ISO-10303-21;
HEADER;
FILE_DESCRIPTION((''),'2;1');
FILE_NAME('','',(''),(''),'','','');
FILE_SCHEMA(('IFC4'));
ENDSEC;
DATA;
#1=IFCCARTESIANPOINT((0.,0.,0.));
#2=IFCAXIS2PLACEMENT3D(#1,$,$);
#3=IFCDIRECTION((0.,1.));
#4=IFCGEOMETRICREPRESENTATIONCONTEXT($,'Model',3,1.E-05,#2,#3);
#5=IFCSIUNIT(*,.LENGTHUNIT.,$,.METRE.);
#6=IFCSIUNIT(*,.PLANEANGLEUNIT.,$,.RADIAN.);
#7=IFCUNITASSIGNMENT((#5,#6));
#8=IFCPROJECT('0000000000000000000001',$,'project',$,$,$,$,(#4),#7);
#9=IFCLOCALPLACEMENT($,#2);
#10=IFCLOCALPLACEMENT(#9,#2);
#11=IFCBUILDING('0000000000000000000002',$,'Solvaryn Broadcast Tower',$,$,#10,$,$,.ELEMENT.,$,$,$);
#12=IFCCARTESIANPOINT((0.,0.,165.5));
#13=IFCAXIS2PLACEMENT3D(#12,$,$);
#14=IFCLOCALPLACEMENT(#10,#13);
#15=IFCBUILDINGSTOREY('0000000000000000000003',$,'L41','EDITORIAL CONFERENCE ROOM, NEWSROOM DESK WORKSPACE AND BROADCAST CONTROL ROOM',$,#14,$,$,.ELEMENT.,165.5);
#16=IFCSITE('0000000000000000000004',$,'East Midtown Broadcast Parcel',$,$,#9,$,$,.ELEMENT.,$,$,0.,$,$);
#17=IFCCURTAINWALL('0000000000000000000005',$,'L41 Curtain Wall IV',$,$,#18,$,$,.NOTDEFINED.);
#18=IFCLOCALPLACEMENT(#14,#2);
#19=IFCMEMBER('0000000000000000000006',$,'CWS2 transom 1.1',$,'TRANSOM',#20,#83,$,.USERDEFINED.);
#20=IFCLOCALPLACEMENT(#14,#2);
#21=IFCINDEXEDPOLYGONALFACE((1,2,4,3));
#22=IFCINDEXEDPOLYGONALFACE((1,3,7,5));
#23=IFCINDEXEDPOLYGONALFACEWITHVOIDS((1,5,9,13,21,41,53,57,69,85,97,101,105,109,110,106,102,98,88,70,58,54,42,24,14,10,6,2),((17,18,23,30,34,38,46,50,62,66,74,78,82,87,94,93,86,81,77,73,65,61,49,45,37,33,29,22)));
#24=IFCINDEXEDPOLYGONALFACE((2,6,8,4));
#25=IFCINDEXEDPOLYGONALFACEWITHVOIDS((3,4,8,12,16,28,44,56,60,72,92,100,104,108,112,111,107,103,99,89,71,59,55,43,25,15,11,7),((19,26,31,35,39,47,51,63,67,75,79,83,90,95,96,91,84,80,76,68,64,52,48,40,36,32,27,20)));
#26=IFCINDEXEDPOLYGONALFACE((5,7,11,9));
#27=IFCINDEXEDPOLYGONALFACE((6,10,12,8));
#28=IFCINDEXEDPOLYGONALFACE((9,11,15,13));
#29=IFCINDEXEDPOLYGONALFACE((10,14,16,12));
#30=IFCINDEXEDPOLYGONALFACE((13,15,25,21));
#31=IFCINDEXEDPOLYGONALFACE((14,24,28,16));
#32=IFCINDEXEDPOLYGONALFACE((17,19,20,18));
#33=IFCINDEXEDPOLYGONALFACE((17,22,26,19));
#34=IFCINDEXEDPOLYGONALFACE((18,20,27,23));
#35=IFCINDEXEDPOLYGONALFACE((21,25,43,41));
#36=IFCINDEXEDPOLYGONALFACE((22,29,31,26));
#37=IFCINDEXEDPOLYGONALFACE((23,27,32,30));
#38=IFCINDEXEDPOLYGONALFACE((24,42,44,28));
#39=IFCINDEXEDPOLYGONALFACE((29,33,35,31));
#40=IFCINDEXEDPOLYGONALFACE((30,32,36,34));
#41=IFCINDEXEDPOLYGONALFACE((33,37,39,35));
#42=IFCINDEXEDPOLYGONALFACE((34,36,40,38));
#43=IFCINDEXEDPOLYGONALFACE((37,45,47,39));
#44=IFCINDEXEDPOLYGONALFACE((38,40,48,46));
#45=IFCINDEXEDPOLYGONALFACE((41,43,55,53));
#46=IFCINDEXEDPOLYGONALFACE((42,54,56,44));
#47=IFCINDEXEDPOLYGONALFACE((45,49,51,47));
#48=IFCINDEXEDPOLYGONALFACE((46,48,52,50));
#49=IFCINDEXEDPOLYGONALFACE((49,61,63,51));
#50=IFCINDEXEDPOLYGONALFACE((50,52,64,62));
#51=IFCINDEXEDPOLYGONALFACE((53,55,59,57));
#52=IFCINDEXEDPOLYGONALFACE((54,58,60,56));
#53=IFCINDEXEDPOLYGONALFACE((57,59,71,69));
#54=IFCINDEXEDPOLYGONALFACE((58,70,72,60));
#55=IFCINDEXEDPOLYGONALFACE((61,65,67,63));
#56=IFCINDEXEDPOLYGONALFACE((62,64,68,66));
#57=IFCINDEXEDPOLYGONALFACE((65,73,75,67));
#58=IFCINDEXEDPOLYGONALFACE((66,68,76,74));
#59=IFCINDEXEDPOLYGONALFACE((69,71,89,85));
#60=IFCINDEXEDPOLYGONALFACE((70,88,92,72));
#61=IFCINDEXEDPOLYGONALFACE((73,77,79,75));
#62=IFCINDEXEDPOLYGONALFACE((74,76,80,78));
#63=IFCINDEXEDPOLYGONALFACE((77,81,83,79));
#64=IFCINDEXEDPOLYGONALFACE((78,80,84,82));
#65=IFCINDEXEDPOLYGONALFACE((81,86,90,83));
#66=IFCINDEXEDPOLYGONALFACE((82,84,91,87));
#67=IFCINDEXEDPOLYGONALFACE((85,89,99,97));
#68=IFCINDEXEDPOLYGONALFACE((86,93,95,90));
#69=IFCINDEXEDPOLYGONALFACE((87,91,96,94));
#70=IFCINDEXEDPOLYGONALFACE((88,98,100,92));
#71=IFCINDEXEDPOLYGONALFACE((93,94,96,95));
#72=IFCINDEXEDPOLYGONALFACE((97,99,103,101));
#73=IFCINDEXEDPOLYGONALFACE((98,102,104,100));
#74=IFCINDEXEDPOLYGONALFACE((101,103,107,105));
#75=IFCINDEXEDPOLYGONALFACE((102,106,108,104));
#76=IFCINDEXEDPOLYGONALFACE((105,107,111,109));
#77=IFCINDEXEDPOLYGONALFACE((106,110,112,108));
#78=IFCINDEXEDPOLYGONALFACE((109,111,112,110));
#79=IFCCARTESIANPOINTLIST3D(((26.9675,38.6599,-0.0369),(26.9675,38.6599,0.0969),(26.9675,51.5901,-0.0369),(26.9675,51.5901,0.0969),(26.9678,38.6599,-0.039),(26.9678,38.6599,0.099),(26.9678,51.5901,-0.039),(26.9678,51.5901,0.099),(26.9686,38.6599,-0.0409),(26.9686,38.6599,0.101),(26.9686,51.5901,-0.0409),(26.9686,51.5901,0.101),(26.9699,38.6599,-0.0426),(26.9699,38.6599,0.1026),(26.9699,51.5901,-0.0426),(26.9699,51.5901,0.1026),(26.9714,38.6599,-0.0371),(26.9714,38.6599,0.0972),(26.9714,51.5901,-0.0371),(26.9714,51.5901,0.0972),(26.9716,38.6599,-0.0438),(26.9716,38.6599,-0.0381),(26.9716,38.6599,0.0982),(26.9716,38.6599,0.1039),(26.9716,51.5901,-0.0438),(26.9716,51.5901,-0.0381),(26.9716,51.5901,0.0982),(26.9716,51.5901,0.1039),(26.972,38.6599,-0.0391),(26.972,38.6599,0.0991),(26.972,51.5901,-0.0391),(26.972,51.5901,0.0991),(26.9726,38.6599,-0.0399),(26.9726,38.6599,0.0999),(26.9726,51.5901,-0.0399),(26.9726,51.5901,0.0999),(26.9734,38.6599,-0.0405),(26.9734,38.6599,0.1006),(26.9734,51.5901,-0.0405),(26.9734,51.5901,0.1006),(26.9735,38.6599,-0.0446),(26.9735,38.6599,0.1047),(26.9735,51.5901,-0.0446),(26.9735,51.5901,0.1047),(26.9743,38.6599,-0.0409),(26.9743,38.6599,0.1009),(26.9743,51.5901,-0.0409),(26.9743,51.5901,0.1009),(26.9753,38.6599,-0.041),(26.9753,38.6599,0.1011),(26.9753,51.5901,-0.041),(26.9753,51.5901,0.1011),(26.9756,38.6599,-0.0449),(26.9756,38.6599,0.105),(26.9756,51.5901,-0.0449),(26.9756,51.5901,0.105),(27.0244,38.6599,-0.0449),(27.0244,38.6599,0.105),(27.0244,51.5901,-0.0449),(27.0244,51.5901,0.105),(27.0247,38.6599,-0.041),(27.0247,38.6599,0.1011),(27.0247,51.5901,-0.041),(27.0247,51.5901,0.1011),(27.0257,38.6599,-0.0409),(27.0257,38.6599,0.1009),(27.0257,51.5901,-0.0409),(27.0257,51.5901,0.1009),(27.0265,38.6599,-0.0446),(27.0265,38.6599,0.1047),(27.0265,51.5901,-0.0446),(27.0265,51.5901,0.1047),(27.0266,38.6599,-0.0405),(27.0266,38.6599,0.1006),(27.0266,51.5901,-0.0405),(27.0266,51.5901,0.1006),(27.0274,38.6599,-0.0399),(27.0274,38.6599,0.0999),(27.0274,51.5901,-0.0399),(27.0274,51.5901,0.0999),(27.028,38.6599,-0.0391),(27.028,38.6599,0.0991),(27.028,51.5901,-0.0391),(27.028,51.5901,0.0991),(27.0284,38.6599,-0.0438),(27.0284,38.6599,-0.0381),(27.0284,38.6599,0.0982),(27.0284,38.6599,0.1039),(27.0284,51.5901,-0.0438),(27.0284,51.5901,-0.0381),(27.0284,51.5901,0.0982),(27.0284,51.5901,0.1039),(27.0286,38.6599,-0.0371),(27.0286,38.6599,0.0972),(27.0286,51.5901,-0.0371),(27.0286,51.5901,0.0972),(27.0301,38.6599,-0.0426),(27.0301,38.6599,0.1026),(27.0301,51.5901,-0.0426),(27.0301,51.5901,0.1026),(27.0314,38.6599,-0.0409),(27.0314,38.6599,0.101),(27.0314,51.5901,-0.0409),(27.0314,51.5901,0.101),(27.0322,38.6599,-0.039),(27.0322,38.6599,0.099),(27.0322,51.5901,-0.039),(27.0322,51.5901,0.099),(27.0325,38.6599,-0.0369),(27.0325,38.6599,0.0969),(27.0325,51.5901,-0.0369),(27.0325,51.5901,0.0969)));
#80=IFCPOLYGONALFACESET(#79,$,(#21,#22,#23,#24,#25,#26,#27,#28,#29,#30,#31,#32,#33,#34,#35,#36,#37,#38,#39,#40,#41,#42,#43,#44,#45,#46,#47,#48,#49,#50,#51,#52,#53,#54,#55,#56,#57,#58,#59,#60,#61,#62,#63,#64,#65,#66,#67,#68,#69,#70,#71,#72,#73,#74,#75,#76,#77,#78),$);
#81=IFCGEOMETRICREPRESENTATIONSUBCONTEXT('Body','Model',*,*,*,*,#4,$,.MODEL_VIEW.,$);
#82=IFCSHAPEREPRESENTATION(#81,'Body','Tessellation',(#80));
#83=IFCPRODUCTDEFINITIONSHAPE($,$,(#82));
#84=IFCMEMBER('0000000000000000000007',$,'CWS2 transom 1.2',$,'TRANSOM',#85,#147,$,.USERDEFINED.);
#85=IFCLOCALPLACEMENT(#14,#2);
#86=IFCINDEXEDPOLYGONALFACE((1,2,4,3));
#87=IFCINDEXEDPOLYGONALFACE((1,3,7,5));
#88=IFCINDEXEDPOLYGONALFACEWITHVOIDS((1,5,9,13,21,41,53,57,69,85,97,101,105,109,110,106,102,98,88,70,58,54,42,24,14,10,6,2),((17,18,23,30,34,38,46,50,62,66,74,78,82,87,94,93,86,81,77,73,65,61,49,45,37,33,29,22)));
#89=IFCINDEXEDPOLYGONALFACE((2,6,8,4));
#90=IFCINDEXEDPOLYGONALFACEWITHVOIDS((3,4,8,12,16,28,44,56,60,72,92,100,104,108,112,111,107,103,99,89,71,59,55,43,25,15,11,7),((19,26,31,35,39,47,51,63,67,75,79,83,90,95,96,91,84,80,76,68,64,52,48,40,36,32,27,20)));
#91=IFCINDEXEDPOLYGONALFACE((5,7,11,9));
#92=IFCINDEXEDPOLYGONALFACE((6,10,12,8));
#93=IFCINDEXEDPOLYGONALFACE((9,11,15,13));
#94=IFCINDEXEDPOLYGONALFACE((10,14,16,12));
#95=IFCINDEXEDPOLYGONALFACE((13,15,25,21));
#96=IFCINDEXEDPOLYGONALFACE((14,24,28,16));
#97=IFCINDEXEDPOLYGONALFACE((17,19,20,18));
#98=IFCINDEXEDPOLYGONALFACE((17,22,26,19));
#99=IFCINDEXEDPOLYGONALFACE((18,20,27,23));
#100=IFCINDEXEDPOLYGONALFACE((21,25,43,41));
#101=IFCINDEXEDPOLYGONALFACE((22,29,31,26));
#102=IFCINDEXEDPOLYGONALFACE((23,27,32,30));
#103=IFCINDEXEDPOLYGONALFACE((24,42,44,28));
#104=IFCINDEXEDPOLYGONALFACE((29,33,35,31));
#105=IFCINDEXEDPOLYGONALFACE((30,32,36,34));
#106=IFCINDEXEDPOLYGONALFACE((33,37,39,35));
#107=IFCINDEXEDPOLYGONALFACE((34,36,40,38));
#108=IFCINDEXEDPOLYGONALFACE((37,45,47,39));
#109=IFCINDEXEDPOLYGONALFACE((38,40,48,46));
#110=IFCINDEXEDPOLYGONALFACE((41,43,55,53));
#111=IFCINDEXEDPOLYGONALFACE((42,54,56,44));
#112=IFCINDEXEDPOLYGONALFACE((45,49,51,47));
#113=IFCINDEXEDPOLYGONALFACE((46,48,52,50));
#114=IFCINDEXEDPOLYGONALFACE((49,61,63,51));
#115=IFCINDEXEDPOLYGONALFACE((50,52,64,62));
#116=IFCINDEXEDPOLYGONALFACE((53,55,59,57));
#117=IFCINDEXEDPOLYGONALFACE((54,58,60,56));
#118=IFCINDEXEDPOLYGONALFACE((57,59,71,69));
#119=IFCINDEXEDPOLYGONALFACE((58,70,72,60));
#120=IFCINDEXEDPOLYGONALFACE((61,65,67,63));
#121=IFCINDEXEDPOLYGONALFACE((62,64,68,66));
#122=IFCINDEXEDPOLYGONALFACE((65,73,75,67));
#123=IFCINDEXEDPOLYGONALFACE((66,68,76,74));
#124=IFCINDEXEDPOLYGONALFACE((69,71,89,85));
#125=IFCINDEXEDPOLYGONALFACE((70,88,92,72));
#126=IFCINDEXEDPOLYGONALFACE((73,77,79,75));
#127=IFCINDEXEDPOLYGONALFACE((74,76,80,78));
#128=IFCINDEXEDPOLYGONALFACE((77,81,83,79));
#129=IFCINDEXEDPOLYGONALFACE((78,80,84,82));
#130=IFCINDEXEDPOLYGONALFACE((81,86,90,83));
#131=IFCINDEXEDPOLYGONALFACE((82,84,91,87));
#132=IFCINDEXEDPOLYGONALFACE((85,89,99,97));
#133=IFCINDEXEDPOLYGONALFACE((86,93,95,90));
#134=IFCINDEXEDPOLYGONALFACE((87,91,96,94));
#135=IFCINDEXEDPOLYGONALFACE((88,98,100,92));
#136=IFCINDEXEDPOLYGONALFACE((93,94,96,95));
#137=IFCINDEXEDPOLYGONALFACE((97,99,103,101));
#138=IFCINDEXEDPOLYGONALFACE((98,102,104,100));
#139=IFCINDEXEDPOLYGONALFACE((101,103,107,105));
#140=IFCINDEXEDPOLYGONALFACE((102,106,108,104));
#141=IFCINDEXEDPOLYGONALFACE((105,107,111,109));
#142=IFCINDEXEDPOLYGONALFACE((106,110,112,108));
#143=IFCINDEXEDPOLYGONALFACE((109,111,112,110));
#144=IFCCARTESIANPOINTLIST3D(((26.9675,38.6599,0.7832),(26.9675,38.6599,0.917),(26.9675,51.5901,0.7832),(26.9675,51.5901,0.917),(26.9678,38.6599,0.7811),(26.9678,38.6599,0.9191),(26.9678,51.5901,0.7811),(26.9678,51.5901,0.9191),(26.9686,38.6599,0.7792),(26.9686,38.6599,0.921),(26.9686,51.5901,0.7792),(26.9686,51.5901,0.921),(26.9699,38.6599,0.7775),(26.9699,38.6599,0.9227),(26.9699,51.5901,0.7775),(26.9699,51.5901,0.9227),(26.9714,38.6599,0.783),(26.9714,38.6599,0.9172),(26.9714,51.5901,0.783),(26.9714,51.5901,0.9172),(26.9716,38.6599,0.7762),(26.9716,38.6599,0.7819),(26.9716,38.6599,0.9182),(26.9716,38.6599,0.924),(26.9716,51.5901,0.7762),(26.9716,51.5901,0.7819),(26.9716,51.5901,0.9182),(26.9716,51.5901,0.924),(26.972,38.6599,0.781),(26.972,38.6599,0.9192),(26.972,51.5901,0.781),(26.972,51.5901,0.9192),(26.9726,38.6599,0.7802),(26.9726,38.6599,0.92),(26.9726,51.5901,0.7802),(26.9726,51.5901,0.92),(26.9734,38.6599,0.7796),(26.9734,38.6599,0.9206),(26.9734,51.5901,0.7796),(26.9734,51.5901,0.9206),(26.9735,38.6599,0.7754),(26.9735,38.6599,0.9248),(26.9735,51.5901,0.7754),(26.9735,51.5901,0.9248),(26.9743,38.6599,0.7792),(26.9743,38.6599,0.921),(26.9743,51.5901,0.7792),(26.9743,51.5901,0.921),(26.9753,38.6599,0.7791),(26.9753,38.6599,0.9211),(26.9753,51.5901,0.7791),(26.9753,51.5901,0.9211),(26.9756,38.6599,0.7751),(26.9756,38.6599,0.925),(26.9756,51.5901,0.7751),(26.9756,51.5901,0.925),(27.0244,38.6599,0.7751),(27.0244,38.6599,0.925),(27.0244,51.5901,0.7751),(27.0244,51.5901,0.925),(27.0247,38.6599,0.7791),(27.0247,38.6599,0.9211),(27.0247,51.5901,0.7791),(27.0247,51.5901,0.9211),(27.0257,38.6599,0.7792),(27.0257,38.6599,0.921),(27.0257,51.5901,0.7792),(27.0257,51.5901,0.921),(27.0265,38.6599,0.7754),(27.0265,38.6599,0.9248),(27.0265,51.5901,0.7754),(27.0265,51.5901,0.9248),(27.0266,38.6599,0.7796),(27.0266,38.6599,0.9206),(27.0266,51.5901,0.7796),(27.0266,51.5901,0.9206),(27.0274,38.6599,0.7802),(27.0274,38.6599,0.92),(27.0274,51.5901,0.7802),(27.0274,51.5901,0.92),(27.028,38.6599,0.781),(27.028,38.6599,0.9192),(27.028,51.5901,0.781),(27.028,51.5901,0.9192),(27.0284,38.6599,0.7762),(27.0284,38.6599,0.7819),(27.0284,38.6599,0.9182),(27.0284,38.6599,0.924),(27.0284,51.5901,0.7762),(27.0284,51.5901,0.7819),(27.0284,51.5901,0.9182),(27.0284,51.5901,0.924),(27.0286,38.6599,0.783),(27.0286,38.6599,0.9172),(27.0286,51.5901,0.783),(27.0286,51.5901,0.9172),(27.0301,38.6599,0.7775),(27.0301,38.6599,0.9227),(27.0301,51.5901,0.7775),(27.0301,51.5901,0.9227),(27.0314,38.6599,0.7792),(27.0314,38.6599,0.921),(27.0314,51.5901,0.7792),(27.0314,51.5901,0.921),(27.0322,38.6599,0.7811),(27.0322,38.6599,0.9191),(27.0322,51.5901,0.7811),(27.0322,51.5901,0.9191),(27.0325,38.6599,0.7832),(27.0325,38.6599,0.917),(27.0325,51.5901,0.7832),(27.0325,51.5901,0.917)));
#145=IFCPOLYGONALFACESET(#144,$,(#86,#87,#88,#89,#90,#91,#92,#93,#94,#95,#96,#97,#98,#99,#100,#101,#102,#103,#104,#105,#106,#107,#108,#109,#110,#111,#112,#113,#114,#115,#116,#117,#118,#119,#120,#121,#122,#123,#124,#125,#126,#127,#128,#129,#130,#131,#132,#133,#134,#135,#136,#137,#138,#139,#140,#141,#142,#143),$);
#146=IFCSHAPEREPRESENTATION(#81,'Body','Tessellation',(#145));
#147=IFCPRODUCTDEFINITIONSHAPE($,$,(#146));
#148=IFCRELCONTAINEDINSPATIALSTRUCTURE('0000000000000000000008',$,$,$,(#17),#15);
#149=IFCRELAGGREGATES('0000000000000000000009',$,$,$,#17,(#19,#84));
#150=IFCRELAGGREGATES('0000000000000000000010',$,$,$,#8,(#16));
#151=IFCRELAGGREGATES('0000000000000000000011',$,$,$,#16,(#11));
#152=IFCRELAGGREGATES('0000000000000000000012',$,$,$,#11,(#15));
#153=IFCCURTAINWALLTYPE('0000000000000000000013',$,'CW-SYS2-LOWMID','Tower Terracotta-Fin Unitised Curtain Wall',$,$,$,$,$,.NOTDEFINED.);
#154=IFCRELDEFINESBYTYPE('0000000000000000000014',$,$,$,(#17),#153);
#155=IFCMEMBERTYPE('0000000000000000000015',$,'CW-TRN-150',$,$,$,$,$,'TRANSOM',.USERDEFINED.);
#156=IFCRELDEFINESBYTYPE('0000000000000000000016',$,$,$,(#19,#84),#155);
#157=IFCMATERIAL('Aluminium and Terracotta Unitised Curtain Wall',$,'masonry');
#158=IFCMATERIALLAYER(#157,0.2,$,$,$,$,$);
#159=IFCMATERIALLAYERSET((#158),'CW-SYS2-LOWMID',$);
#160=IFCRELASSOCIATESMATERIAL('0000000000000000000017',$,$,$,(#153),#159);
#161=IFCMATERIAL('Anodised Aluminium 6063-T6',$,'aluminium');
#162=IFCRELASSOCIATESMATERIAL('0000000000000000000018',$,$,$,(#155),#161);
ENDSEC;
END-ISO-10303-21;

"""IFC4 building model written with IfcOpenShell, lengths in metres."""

from ifc_helpers import new_model, si_unit, direction, frame, origin, origin_2d, place, context, subcontext, project, spatial, hollow_rectangle, extrude, material, layer, layer_set, material_profile, profile_set, type_object, element, aggregate, save


model = new_model("IFC4")

# Units and contexts
model_context = context("Model", 3, precision=1e-05, world=origin(), true_north=direction((0.0, 1.0)))
body_context = subcontext(model_context, "Body", "Model", "MODEL_VIEW")
ifc_project = project(units=[si_unit("LENGTHUNIT", "METRE"), si_unit("PLANEANGLEUNIT", "RADIAN")], contexts=[model_context])

# Site, building, storey
site_placement = place(None, origin())
site = spatial("IfcSite", under=ifc_project, at=site_placement, Name="East Midtown Broadcast Parcel", CompositionType="ELEMENT", RefElevation=0.0)
building_placement = place(site_placement, origin())
building = spatial("IfcBuilding", under=site, at=building_placement, Name="Solvaryn Broadcast Tower", CompositionType="ELEMENT")
storey_placement = place(building_placement, frame((0.0, 0.0, 165.5)))
storey = spatial("IfcBuildingStorey", under=building, at=storey_placement, Name="L41", Description="EDITORIAL CONFERENCE ROOM, NEWSROOM DESK WORKSPACE AND BROADCAST CONTROL ROOM", CompositionType="ELEMENT", Elevation=165.5)

# Curtain wall
ifc_material_1 = material(Name="Aluminium and Terracotta Unitised Curtain Wall", Category="masonry")
ifc_layer_1 = layer(ifc_material_1, 0.2)
ifc_layer_set_1 = layer_set([ifc_layer_1], Name="CW-SYS2-LOWMID")
curtain_wall_type = type_object("IfcCurtainWallType", Name="CW-SYS2-LOWMID", Description="Tower Terracotta-Fin Unitised Curtain Wall", PredefinedType="NOTDEFINED", material=ifc_layer_set_1)
curtain_wall_1_placement = place(storey_placement, origin())
curtain_wall_1 = element("IfcCurtainWall", 1, at=curtain_wall_1_placement, inside=storey, type_object=curtain_wall_type, Name="L41 Curtain Wall IV", PredefinedType="NOTDEFINED")

# Members
ifc_material_2 = material(Name="Anodised Aluminium 6063-T6", Category="aluminium")
ifc_material_profile_1 = material_profile(ifc_material_2, hollow_rectangle(XDim=0.0649, YDim=0.1499, WallThickness=0.0039, InnerFilletRadius=0.0039, OuterFilletRadius=0.0081, at=origin_2d()))
ifc_profile_set_1 = profile_set([ifc_material_profile_1], Name="Anodised Aluminium 6063-T6")
member_type_1 = type_object("IfcMemberType", Name="CW-TRN-150", ElementType="TRANSOM", PredefinedType="USERDEFINED", material=ifc_profile_set_1)
member_1_placement = place(storey_placement, frame((27.0, 51.5901, 0.03), z_axis=(0.0, -1.0, 0.0), x_axis=(1.0, 0.0, 0.0)))
member_1 = element("IfcMember", 2, at=member_1_placement, type_object=member_type_1, Name="CWS2 transom 1.1", ObjectType="TRANSOM", PredefinedType="USERDEFINED", context=body_context, shape_type="SweptSolid", body=[
    extrude(hollow_rectangle(XDim=0.0649, YDim=0.1499, WallThickness=0.0039, InnerFilletRadius=0.0039, OuterFilletRadius=0.0081, at=origin_2d()), origin(), (0.0, 0.0, 1.0), 12.9302),
])
member_2_placement = place(storey_placement, frame((27.0, 51.5901, 0.8501), z_axis=(0.0, -1.0, 0.0), x_axis=(1.0, 0.0, 0.0)))
member_2 = element("IfcMember", 3, at=member_2_placement, type_object=member_type_1, Name="CWS2 transom 1.2", ObjectType="TRANSOM", PredefinedType="USERDEFINED", context=body_context, shape_type="SweptSolid", body=[
    extrude(hollow_rectangle(XDim=0.0649, YDim=0.1499, WallThickness=0.0039, InnerFilletRadius=0.0039, OuterFilletRadius=0.0081, at=origin_2d()), origin(), (0.0, 0.0, 1.0), 12.9302),
])

aggregate(curtain_wall_1, [member_1, member_2])

save(model, "model.ifc")
